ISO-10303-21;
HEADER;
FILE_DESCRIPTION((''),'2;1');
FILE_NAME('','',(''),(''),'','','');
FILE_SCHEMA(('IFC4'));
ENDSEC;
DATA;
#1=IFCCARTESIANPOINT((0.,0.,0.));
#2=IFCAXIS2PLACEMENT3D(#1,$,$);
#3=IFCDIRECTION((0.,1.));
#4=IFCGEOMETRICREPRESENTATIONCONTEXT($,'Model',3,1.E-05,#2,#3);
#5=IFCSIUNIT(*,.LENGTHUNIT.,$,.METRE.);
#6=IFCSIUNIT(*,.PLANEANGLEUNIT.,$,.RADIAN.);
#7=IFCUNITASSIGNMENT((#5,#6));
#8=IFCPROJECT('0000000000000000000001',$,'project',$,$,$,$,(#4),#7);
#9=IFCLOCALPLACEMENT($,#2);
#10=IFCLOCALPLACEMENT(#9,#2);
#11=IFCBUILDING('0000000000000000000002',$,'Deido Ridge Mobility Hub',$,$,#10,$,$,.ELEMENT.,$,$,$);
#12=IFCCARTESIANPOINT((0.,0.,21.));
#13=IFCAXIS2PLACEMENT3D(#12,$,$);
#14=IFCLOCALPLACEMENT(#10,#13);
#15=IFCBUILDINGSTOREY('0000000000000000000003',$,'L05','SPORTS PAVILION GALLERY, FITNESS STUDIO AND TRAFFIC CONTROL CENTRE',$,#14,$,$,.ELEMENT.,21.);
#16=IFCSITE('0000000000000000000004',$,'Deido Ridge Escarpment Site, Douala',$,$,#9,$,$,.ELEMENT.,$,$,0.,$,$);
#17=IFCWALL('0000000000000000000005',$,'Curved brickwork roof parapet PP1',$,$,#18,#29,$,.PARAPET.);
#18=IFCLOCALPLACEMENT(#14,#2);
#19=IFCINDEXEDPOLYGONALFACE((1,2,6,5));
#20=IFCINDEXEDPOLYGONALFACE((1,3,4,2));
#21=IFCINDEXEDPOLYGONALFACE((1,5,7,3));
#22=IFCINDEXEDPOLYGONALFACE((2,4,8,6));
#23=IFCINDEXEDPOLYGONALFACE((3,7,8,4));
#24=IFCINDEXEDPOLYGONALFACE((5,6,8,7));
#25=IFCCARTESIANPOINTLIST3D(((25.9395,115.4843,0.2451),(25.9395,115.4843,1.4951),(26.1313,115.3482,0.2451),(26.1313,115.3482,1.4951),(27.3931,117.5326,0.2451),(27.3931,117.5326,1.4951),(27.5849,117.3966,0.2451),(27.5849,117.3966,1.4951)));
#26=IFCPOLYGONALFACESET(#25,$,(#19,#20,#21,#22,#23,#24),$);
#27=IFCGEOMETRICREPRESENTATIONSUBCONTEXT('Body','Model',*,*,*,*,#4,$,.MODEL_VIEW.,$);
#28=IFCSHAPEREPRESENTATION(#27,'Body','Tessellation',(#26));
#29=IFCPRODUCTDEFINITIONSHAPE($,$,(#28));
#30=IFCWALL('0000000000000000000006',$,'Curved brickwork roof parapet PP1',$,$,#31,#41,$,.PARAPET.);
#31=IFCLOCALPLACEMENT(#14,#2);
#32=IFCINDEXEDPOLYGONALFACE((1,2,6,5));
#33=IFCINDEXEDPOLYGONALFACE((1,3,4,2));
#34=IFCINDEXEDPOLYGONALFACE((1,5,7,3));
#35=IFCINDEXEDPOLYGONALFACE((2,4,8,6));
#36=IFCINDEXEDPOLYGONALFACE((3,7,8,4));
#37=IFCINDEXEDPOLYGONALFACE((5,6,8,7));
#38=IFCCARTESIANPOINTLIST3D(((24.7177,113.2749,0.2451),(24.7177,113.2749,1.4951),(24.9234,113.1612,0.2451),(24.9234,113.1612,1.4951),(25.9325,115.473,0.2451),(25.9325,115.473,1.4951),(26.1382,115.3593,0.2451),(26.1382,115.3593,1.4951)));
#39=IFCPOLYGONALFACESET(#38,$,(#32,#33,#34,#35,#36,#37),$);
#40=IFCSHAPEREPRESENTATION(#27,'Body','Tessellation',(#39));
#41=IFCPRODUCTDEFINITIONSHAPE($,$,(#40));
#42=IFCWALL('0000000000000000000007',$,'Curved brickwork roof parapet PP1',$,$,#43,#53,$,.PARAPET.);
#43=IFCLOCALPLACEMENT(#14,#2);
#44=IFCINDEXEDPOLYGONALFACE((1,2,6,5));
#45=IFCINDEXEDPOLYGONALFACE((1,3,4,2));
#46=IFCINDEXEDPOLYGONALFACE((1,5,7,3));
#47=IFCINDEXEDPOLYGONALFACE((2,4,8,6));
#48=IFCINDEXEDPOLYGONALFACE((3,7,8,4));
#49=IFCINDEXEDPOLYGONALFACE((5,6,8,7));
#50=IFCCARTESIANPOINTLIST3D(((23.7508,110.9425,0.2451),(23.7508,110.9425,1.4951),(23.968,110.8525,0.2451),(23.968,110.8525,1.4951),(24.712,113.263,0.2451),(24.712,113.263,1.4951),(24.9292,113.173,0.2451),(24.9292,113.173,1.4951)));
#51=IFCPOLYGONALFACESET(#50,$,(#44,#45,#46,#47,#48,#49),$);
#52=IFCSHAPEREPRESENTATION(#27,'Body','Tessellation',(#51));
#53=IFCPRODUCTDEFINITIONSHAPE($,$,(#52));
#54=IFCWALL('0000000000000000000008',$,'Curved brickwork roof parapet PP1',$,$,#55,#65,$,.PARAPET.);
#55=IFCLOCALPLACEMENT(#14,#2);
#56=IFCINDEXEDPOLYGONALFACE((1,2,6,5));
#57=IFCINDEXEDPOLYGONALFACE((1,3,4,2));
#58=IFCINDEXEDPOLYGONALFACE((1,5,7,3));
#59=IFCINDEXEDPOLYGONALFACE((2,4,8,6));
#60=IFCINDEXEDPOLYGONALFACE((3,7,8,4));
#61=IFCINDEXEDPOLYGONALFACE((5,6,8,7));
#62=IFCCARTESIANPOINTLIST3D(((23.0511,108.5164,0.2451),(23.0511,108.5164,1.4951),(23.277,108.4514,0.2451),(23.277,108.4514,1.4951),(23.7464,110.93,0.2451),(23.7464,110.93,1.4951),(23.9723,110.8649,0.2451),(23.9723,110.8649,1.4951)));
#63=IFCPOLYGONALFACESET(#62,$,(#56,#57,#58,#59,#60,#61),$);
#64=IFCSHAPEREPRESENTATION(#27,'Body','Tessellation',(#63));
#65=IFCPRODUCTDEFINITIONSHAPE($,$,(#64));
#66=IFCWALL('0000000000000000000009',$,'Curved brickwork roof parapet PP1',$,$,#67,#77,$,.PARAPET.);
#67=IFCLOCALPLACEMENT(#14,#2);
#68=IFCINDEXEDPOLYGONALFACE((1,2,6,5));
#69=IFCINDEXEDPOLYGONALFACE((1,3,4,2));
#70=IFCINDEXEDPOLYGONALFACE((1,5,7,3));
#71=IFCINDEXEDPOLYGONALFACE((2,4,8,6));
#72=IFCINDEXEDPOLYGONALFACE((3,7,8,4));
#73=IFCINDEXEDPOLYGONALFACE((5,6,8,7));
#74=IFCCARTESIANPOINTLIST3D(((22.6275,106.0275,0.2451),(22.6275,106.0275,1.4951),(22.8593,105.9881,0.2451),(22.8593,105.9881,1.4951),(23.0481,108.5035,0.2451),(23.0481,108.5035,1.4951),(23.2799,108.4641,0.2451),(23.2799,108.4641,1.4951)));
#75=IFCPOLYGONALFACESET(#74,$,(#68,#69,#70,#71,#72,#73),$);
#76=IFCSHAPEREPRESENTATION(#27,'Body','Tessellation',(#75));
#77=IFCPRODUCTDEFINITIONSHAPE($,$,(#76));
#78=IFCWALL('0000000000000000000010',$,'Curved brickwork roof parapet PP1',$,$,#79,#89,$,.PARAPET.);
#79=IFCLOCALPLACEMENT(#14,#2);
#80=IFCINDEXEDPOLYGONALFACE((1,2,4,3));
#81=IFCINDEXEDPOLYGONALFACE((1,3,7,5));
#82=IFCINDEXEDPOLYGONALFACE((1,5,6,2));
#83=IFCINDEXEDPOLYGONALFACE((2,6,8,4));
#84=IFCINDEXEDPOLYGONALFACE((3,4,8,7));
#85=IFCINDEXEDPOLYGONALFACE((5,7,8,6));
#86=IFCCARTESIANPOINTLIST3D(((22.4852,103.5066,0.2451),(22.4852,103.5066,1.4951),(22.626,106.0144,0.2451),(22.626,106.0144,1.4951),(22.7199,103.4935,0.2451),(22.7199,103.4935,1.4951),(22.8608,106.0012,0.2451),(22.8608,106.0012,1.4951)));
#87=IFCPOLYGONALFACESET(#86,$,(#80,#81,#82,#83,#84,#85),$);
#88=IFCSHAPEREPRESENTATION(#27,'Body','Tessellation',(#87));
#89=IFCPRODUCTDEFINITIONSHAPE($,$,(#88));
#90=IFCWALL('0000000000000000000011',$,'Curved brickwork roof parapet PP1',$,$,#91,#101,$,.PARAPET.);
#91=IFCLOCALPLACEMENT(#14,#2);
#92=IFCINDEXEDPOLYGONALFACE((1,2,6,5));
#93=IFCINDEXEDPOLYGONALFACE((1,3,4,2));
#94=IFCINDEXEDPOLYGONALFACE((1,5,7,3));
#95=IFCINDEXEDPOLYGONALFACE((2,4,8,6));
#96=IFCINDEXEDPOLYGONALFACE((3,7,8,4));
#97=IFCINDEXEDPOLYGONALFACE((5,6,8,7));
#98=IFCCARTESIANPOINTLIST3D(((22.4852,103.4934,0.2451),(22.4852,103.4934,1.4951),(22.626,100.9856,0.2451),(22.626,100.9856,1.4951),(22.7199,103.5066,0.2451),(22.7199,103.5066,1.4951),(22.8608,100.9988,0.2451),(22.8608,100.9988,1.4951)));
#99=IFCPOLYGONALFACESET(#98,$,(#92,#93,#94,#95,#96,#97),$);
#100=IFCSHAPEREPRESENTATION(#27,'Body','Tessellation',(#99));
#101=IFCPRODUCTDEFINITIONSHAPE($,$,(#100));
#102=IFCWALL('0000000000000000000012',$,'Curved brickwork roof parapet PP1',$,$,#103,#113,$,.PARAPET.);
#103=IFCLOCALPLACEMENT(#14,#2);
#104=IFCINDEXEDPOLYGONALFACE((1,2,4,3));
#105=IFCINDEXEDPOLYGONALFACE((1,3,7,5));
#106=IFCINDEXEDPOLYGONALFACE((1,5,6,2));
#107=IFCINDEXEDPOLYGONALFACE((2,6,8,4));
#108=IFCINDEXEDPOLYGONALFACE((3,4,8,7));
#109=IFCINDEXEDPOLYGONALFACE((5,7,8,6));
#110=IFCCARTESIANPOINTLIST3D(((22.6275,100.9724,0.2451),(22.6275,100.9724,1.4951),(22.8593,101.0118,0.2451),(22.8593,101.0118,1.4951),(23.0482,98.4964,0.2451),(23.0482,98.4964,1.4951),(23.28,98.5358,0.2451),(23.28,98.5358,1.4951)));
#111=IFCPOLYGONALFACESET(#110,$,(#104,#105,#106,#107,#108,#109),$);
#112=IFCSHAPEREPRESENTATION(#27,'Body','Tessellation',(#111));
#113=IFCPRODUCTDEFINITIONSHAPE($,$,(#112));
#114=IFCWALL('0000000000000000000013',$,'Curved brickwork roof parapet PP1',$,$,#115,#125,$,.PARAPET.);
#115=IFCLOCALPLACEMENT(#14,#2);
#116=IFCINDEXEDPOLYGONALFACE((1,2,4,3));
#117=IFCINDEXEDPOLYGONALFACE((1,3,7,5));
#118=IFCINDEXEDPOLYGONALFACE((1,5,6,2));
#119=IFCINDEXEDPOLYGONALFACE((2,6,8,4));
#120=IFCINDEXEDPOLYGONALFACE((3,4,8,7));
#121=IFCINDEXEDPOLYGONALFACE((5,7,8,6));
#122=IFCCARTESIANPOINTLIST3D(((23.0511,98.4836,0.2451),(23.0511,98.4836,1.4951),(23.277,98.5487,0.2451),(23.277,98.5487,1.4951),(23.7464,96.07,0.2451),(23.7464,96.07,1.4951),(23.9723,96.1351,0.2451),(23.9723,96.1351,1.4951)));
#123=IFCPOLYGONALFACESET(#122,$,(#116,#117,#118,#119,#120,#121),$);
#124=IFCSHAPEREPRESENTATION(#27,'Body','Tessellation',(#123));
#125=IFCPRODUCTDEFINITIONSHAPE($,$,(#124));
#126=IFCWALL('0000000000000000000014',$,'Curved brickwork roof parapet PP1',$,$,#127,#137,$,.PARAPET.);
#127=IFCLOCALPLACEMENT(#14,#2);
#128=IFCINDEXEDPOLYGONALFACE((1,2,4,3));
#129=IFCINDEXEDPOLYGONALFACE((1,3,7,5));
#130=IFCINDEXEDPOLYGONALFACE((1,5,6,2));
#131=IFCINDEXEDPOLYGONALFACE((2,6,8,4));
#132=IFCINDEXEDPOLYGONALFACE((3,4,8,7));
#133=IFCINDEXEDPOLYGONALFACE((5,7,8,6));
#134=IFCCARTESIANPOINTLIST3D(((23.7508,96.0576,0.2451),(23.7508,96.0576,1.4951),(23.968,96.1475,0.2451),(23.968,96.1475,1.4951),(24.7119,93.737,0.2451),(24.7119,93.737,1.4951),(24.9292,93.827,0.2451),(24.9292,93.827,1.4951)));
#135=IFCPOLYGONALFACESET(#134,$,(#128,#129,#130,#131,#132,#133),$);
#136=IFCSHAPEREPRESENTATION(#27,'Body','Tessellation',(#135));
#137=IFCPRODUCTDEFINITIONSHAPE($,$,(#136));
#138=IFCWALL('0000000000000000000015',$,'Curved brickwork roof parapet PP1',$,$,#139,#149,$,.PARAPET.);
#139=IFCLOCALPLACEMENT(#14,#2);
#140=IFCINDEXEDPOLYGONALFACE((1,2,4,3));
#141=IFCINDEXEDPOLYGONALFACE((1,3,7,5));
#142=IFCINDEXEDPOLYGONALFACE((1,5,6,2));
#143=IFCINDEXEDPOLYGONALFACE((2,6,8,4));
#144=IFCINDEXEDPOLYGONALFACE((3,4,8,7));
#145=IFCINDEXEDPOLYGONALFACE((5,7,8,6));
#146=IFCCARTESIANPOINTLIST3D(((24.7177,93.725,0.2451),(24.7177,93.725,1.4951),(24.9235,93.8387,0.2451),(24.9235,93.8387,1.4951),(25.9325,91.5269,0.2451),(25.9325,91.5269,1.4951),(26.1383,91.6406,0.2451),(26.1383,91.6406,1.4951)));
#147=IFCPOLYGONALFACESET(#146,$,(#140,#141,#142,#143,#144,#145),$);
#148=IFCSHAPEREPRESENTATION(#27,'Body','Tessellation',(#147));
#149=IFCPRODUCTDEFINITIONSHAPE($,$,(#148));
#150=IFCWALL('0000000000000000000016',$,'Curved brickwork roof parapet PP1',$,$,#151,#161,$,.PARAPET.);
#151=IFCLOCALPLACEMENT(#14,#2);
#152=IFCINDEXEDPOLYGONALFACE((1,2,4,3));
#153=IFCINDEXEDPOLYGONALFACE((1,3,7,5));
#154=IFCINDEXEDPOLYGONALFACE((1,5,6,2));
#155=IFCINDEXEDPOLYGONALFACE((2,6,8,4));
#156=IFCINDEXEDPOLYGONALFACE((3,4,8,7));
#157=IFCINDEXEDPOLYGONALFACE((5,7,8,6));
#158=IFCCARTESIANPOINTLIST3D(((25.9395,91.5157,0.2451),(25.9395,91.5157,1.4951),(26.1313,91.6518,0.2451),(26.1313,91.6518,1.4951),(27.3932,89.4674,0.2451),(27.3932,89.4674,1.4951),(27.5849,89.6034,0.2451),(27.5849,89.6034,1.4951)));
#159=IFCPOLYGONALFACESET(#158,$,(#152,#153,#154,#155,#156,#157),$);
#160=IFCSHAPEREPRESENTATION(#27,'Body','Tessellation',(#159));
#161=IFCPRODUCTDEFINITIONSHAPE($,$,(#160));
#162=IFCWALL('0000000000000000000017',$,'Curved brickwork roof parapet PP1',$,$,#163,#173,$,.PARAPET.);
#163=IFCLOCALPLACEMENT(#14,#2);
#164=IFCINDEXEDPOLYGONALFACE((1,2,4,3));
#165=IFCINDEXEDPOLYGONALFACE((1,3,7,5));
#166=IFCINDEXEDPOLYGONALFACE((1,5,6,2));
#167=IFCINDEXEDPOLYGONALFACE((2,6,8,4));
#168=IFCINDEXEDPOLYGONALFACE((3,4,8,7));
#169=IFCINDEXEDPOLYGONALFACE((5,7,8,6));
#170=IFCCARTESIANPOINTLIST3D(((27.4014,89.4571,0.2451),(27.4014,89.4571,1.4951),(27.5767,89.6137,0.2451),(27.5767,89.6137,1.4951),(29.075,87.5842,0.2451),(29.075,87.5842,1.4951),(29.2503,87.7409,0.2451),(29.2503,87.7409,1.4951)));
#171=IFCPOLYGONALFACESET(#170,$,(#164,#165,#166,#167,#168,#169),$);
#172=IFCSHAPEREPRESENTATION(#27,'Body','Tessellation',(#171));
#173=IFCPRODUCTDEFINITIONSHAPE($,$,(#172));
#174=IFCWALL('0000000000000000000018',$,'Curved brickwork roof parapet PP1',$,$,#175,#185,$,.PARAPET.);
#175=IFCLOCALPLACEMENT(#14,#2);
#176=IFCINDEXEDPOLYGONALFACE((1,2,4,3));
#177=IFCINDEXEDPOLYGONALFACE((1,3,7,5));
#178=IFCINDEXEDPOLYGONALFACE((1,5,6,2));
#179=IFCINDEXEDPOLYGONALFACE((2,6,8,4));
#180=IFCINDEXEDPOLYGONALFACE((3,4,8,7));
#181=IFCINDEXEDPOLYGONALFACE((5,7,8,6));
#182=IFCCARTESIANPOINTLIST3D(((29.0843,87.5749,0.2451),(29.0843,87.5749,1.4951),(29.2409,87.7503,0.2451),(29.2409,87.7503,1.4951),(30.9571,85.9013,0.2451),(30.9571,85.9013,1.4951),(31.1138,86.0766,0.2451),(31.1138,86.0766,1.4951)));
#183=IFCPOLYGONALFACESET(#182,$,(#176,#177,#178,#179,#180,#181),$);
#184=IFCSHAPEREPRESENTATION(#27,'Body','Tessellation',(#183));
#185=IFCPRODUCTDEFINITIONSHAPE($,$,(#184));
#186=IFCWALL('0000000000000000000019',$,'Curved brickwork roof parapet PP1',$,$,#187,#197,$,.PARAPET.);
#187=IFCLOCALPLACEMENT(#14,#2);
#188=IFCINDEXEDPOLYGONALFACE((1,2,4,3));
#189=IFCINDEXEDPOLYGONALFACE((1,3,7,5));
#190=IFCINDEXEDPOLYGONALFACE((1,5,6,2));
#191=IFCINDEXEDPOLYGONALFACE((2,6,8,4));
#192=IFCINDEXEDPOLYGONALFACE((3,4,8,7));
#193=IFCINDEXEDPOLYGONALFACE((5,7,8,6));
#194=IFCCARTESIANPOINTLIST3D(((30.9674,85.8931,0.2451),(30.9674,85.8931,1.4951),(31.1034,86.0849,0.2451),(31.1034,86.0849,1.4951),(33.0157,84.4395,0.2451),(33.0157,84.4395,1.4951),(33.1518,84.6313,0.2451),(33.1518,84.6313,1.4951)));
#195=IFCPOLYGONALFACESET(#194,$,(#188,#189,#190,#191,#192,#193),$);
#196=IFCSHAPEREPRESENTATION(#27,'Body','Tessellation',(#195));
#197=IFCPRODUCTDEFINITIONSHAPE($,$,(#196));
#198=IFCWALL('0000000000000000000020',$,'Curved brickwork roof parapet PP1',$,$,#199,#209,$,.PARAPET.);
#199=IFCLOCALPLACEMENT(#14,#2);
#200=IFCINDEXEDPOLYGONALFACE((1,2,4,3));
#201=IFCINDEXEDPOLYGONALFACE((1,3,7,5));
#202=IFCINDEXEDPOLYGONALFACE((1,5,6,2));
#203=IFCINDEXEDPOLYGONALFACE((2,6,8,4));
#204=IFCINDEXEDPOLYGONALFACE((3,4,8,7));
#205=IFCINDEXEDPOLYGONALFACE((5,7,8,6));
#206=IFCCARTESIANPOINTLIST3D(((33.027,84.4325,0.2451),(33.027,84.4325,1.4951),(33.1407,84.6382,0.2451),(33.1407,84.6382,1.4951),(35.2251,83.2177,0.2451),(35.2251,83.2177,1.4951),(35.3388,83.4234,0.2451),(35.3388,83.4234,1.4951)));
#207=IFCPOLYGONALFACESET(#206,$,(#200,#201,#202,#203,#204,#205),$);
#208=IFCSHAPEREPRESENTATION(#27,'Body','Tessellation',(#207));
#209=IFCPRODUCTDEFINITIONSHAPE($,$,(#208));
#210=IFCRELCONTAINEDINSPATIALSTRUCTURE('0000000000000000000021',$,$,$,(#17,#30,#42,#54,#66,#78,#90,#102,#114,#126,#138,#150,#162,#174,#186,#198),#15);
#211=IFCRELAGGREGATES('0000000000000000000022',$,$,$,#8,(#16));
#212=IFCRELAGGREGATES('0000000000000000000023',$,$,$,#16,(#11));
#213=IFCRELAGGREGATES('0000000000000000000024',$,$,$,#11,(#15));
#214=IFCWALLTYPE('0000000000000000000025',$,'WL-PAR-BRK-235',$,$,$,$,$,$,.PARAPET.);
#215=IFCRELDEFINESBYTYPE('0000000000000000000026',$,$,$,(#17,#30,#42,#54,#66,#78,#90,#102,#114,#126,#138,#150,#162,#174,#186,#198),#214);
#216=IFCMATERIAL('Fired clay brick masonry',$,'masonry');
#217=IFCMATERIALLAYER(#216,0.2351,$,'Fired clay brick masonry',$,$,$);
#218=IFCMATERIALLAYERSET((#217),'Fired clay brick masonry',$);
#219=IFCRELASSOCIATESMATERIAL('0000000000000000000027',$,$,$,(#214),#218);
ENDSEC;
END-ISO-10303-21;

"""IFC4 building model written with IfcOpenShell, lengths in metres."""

from ifc_helpers import new_model, si_unit, direction, frame, frame_2d, origin, place, context, subcontext, project, spatial, rectangle, extrude, material, layer, layer_set, type_object, element, save


model = new_model("IFC4")

# Units and contexts
model_context = context("Model", 3, precision=1e-05, world=origin(), true_north=direction((0.0, 1.0)))
body_context = subcontext(model_context, "Body", "Model", "MODEL_VIEW")
ifc_project = project(units=[si_unit("LENGTHUNIT", "METRE"), si_unit("PLANEANGLEUNIT", "RADIAN")], contexts=[model_context])

# Site, building, storey
site_placement = place(None, origin())
site = spatial("IfcSite", under=ifc_project, at=site_placement, Name="Deido Ridge Escarpment Site, Douala", CompositionType="ELEMENT", RefElevation=0.0)
building_placement = place(site_placement, origin())
building = spatial("IfcBuilding", under=site, at=building_placement, Name="Deido Ridge Mobility Hub", CompositionType="ELEMENT")
storey_placement = place(building_placement, frame((0.0, 0.0, 21.0)))
storey = spatial("IfcBuildingStorey", under=building, at=storey_placement, Name="L05", Description="SPORTS PAVILION GALLERY, FITNESS STUDIO AND TRAFFIC CONTROL CENTRE", CompositionType="ELEMENT", Elevation=21.0)

# Walls
ifc_material_1 = material(Name="Fired clay brick masonry", Category="masonry")
ifc_layer = layer(ifc_material_1, 0.2351, Name="Fired clay brick masonry")
ifc_layer_set = layer_set([ifc_layer], Name="Fired clay brick masonry")
wall_type = type_object("IfcWallType", Name="WL-PAR-BRK-235", PredefinedType="PARAPET", material=ifc_layer_set)
for number, where, z_axis, x_axis, name in (
    (1, (27.489, 117.4646, 0.2451), (0.0, 0.0, 1.0), (-0.578734, -0.815516, 0.0), "Curved brickwork roof parapet PP1"),
):
    element("IfcWall", number, at=place(storey_placement, frame(where, z_axis=z_axis, x_axis=x_axis)), inside=storey, type_object=wall_type, Name=name, PredefinedType="PARAPET", context=body_context, shape_type="SweptSolid", body=[
        extrude(rectangle(XDim=2.5117, YDim=0.2351, at=frame_2d((1.2559, 0.0))), origin(), (0.0, 0.0, 1.0), 1.25),
    ])
wall_1_placement = place(storey_placement, frame((26.0354, 115.4163, 0.2451), z_axis=(0.0, 0.0, 1.0), x_axis=(-0.483694, -0.875237, 0.0)))
element("IfcWall", 2, at=wall_1_placement, inside=storey, type_object=wall_type, Name="Curved brickwork roof parapet PP1", PredefinedType="PARAPET", context=body_context, shape_type="SweptSolid", body=[
    extrude(rectangle(XDim=2.5115, YDim=0.2351, at=frame_2d((1.2559, 0.0))), origin(), (0.0, 0.0, 1.0), 1.25),
])
for number, where, z_axis, x_axis, name in (
    (3, (24.8206, 113.218, 0.2451), (0.0, 0.0, 1.0), (-0.382675, -0.923883, 0.0), "Curved brickwork roof parapet PP1"),
    (4, (23.8594, 110.8975, 0.2451), (0.0, 0.0, 1.0), (-0.276826, -0.96092, 0.0), "Curved brickwork roof parapet PP1"),
):
    element("IfcWall", number, at=place(storey_placement, frame(where, z_axis=z_axis, x_axis=x_axis)), inside=storey, type_object=wall_type, Name=name, PredefinedType="PARAPET", context=body_context, shape_type="SweptSolid", body=[
        extrude(rectangle(XDim=2.5117, YDim=0.2351, at=frame_2d((1.2559, 0.0))), origin(), (0.0, 0.0, 1.0), 1.25),
    ])
wall_2_placement = place(storey_placement, frame((23.1641, 108.4839, 0.2451), z_axis=(0.0, 0.0, 1.0), x_axis=(-0.167488, -0.985874, 0.0)))
element("IfcWall", 5, at=wall_2_placement, inside=storey, type_object=wall_type, Name="Curved brickwork roof parapet PP1", PredefinedType="PARAPET", context=body_context, shape_type="SweptSolid", body=[
    extrude(rectangle(XDim=2.5115, YDim=0.2351, at=frame_2d((1.2559, 0.0))), origin(), (0.0, 0.0, 1.0), 1.25),
])
for number, where, z_axis, x_axis, name in (
    (6, (22.7434, 106.0078, 0.2451), (0.0, 0.0, 1.0), (-0.056084, -0.998426, 0.0), "Curved brickwork roof parapet PP1"),
    (7, (22.6025, 103.5, 0.2451), (0.0, 0.0, 1.0), (0.056084, -0.998426, 0.0), "Curved brickwork roof parapet PP1"),
):
    element("IfcWall", number, at=place(storey_placement, frame(where, z_axis=z_axis, x_axis=x_axis)), inside=storey, type_object=wall_type, Name=name, PredefinedType="PARAPET", context=body_context, shape_type="SweptSolid", body=[
        extrude(rectangle(XDim=2.5117, YDim=0.2351, at=frame_2d((1.2559, 0.0))), origin(), (0.0, 0.0, 1.0), 1.25),
    ])
wall_3_placement = place(storey_placement, frame((22.7434, 100.9922, 0.2451), z_axis=(0.0, 0.0, 1.0), x_axis=(0.167488, -0.985874, 0.0)))
element("IfcWall", 8, at=wall_3_placement, inside=storey, type_object=wall_type, Name="Curved brickwork roof parapet PP1", PredefinedType="PARAPET", context=body_context, shape_type="SweptSolid", body=[
    extrude(rectangle(XDim=2.5115, YDim=0.2351, at=frame_2d((1.2559, 0.0))), origin(), (0.0, 0.0, 1.0), 1.25),
])
for number, where, z_axis, x_axis, name in (
    (9, (23.1641, 98.5161, 0.2451), (0.0, 0.0, 1.0), (0.276826, -0.96092, 0.0), "Curved brickwork roof parapet PP1"),
    (10, (23.8594, 96.1025, 0.2451), (0.0, 0.0, 1.0), (0.382675, -0.923883, 0.0), "Curved brickwork roof parapet PP1"),
):
    element("IfcWall", number, at=place(storey_placement, frame(where, z_axis=z_axis, x_axis=x_axis)), inside=storey, type_object=wall_type, Name=name, PredefinedType="PARAPET", context=body_context, shape_type="SweptSolid", body=[
        extrude(rectangle(XDim=2.5117, YDim=0.2351, at=frame_2d((1.2559, 0.0))), origin(), (0.0, 0.0, 1.0), 1.25),
    ])
wall_4_placement = place(storey_placement, frame((24.8206, 93.782, 0.2451), z_axis=(0.0, 0.0, 1.0), x_axis=(0.483694, -0.875237, 0.0)))
element("IfcWall", 11, at=wall_4_placement, inside=storey, type_object=wall_type, Name="Curved brickwork roof parapet PP1", PredefinedType="PARAPET", context=body_context, shape_type="SweptSolid", body=[
    extrude(rectangle(XDim=2.5115, YDim=0.2351, at=frame_2d((1.2559, 0.0))), origin(), (0.0, 0.0, 1.0), 1.25),
])
for number, where, z_axis, x_axis, name in (
    (12, (26.0354, 91.5837, 0.2451), (0.0, 0.0, 1.0), (0.578734, -0.815516, 0.0), "Curved brickwork roof parapet PP1"),
    (13, (27.489, 89.5354, 0.2451), (0.0, 0.0, 1.0), (0.666334, -0.745653, 0.0), "Curved brickwork roof parapet PP1"),
    (14, (29.1626, 87.6626, 0.2451), (0.0, 0.0, 1.0), (0.745653, -0.666334, 0.0), "Curved brickwork roof parapet PP1"),
    (15, (31.0354, 85.989, 0.2451), (0.0, 0.0, 1.0), (0.815516, -0.578734, 0.0), "Curved brickwork roof parapet PP1"),
):
    element("IfcWall", number, at=place(storey_placement, frame(where, z_axis=z_axis, x_axis=x_axis)), inside=storey, type_object=wall_type, Name=name, PredefinedType="PARAPET", context=body_context, shape_type="SweptSolid", body=[
        extrude(rectangle(XDim=2.5117, YDim=0.2351, at=frame_2d((1.2559, 0.0))), origin(), (0.0, 0.0, 1.0), 1.25),
    ])
wall_5_placement = place(storey_placement, frame((33.0837, 84.5354, 0.2451), z_axis=(0.0, 0.0, 1.0), x_axis=(0.875237, -0.483694, 0.0)))
element("IfcWall", 16, at=wall_5_placement, inside=storey, type_object=wall_type, Name="Curved brickwork roof parapet PP1", PredefinedType="PARAPET", context=body_context, shape_type="SweptSolid", body=[
    extrude(rectangle(XDim=2.5115, YDim=0.2351, at=frame_2d((1.2559, 0.0))), origin(), (0.0, 0.0, 1.0), 1.25),
])

save(model, "model.ifc")
